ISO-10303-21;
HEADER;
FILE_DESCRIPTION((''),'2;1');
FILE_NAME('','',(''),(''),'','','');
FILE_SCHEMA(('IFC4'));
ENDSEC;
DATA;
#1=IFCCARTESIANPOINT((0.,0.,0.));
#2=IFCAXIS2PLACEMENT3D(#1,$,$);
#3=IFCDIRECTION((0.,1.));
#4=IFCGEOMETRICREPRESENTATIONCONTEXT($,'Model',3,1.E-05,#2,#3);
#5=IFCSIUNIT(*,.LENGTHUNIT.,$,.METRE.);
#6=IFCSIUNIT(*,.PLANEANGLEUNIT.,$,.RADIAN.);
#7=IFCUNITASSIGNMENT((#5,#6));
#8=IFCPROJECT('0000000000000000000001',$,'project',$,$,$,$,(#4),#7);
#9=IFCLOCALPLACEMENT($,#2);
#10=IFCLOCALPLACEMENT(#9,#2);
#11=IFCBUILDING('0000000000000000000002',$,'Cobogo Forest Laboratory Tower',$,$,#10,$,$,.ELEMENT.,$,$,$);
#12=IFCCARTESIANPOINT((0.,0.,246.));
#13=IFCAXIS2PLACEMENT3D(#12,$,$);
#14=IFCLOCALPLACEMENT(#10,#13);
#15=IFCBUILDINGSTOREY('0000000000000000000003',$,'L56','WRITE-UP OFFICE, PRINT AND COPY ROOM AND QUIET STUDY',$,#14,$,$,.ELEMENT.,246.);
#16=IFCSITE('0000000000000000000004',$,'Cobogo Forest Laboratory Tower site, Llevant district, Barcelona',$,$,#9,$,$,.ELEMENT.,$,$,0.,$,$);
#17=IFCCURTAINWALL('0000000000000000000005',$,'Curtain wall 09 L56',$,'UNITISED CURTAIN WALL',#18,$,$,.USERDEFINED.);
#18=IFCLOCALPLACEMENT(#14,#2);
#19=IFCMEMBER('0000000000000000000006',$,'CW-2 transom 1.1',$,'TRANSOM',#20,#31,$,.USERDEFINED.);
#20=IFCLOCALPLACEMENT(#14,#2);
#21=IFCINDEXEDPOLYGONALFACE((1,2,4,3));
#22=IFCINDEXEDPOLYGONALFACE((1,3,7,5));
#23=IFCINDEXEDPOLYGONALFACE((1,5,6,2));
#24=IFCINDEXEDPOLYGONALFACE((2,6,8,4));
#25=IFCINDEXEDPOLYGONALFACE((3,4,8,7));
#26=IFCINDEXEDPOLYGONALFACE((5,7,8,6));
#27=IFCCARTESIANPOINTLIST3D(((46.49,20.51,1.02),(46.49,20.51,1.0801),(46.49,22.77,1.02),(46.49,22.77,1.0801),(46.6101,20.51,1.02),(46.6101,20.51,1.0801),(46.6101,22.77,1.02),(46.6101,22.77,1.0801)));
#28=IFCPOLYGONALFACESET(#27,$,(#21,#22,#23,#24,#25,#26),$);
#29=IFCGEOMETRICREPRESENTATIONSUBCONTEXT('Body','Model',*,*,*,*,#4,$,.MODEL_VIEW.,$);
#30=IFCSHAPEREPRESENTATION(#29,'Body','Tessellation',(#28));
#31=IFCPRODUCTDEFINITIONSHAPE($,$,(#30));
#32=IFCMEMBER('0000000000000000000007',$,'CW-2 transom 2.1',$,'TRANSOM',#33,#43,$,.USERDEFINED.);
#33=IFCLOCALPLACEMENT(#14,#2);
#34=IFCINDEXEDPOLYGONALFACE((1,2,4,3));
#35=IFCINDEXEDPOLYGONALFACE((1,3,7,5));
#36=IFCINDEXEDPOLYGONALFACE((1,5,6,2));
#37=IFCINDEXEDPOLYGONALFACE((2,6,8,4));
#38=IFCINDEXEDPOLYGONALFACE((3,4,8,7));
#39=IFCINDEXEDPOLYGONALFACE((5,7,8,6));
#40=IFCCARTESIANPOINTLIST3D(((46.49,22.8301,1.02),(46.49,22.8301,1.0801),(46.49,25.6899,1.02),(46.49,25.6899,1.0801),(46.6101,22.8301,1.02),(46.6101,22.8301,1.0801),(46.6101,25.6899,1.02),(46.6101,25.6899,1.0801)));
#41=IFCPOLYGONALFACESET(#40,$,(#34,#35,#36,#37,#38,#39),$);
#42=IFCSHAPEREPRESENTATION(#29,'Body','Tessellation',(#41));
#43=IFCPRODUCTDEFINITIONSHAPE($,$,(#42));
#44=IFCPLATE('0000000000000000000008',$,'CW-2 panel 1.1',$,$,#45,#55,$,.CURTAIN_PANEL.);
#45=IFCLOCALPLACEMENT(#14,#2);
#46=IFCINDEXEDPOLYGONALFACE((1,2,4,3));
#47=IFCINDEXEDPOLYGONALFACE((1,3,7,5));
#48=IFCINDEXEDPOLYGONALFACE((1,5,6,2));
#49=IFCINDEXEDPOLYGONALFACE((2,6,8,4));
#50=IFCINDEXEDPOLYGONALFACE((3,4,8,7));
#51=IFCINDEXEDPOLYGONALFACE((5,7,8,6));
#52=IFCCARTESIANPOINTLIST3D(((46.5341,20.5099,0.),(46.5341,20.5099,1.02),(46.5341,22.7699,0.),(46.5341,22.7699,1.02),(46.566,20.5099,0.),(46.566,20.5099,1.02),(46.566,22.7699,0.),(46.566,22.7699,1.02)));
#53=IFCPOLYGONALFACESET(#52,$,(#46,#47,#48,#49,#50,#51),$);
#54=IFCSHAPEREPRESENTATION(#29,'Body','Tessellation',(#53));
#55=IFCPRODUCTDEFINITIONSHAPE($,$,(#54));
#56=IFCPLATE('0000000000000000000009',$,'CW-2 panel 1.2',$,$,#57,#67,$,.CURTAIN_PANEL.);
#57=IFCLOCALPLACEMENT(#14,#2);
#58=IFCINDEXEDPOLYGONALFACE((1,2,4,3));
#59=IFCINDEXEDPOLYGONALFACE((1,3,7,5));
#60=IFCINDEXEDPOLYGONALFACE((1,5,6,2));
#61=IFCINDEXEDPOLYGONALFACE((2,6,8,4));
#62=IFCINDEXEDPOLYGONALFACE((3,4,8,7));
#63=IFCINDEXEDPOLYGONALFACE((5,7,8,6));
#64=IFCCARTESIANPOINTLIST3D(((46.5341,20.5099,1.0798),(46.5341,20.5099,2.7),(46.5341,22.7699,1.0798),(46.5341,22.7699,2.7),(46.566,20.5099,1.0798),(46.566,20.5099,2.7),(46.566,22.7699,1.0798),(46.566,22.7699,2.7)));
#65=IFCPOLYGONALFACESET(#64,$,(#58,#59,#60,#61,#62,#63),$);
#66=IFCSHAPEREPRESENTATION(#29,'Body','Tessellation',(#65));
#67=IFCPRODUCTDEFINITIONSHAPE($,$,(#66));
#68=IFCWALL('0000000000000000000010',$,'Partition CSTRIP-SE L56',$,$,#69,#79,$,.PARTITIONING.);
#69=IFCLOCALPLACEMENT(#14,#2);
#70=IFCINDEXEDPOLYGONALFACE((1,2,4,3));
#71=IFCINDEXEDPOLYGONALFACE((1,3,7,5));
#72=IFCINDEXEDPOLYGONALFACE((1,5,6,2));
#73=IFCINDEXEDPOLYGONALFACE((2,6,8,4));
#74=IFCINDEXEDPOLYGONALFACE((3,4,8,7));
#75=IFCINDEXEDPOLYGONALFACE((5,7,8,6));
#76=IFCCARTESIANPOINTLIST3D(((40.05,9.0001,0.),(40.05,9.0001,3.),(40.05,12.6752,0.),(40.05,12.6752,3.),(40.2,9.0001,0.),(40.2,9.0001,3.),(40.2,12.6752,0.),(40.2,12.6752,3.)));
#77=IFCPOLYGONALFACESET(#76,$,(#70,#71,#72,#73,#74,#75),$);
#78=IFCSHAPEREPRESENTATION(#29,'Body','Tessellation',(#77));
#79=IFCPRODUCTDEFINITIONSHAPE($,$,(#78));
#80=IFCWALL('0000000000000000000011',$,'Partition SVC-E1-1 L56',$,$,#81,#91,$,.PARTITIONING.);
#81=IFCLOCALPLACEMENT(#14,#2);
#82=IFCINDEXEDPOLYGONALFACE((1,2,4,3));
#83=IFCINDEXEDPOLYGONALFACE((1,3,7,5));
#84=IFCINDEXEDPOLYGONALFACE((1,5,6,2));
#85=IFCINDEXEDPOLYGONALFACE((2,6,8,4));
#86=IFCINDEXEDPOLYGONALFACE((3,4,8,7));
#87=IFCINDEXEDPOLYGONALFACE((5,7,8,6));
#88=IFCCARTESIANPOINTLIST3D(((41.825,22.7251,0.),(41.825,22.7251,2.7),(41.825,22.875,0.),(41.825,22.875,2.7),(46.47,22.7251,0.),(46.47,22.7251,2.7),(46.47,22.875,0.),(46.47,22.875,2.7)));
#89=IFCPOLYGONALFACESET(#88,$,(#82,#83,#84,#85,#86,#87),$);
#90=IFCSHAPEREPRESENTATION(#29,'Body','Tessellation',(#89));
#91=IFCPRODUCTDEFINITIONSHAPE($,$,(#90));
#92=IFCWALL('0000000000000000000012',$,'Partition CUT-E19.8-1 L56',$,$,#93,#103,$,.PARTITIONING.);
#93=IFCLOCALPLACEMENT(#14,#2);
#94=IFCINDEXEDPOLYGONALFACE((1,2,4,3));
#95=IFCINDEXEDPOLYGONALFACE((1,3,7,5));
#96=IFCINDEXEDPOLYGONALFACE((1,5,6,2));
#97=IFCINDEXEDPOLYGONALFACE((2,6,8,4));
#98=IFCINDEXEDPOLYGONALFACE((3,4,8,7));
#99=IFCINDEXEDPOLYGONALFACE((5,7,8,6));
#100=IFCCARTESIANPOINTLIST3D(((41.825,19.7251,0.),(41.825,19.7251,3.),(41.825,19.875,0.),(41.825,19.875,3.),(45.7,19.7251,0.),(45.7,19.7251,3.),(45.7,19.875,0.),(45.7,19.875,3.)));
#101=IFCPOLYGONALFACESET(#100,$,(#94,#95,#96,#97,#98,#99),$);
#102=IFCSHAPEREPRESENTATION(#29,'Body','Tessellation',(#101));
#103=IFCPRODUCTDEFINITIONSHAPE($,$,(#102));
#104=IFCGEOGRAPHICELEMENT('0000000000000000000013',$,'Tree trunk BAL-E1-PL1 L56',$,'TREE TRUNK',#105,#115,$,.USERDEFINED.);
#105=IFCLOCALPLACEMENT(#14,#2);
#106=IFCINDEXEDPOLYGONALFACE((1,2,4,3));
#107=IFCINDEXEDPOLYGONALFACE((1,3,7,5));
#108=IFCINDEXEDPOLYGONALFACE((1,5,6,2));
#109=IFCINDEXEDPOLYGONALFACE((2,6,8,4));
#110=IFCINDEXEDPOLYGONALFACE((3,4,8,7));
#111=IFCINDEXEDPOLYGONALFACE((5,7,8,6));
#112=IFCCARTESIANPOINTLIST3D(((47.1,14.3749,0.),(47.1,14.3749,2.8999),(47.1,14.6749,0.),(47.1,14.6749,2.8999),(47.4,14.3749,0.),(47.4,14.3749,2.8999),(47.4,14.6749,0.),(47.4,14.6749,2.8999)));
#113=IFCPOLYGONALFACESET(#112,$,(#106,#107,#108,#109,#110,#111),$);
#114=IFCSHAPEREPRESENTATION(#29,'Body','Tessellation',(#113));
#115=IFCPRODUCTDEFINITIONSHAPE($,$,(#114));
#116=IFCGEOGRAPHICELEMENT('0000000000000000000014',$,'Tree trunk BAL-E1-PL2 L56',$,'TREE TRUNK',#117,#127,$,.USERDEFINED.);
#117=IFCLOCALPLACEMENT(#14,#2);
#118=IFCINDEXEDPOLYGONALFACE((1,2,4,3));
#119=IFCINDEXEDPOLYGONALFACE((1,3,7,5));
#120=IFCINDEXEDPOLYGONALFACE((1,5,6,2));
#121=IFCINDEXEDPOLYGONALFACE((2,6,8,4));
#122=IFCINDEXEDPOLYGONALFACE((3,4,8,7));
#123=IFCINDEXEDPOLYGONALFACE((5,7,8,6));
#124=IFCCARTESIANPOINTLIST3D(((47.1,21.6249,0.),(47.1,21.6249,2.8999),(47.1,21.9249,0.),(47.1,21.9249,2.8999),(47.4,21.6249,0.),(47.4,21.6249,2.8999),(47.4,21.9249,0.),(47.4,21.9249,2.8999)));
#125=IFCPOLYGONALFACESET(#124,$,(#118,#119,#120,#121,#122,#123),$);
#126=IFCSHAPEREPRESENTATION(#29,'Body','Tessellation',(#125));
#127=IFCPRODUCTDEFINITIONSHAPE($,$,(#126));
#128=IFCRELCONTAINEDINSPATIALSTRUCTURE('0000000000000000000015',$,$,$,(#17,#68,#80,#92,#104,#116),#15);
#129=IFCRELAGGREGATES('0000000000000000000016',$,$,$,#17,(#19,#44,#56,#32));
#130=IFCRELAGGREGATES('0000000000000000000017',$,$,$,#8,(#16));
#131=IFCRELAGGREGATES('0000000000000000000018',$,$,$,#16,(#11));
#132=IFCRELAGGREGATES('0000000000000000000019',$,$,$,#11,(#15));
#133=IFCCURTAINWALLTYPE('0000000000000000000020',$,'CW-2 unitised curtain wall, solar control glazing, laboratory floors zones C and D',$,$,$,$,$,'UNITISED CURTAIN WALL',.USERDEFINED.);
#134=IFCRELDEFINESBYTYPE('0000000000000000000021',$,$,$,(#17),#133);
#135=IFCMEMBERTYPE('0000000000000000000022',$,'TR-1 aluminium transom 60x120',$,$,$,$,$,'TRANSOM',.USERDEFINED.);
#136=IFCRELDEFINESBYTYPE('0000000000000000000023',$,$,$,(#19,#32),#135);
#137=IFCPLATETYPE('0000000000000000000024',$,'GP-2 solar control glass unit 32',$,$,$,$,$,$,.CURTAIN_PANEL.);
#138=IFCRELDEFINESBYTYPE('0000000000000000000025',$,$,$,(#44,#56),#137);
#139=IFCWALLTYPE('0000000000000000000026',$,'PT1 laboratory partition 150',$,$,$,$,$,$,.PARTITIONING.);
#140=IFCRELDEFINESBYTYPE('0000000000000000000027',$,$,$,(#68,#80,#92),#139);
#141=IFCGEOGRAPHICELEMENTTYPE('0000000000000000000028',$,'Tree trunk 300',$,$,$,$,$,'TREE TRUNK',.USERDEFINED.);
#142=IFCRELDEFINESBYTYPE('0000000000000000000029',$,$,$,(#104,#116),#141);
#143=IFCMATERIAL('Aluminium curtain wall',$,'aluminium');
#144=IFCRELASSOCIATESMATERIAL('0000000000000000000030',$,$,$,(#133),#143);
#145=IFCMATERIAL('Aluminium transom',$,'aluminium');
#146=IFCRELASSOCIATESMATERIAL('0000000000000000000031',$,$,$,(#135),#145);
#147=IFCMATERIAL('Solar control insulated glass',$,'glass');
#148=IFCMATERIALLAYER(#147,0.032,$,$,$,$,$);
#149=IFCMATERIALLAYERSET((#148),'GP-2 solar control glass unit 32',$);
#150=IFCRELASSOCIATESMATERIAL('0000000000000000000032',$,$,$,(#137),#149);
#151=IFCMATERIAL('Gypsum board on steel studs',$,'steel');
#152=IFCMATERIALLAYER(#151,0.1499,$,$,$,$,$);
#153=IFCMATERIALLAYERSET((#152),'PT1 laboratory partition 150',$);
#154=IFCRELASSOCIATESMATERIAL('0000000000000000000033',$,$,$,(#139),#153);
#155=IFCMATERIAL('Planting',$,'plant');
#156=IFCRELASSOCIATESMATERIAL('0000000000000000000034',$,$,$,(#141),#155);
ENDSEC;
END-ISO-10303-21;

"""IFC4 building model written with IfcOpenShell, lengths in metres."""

from ifc_helpers import new_model, si_unit, direction, frame, frame_2d, origin, origin_2d, place, context, subcontext, project, spatial, rectangle, extrude, material, layer, layer_set, material_profile, profile_set, type_object, element, aggregate, save


model = new_model("IFC4")

# Units and contexts
model_context = context("Model", 3, precision=1e-05, world=origin(), true_north=direction((0.0, 1.0)))
body_context = subcontext(model_context, "Body", "Model", "MODEL_VIEW")
ifc_project = project(units=[si_unit("LENGTHUNIT", "METRE"), si_unit("PLANEANGLEUNIT", "RADIAN")], contexts=[model_context])

# Site, building, storey
site_placement = place(None, origin())
site = spatial("IfcSite", under=ifc_project, at=site_placement, Name="Cobogo Forest Laboratory Tower site, Llevant district, Barcelona", CompositionType="ELEMENT", RefElevation=0.0)
building_placement = place(site_placement, origin())
building = spatial("IfcBuilding", under=site, at=building_placement, Name="Cobogo Forest Laboratory Tower", CompositionType="ELEMENT")
storey_placement = place(building_placement, frame((0.0, 0.0, 246.0)))
storey = spatial("IfcBuildingStorey", under=building, at=storey_placement, Name="L56", Description="WRITE-UP OFFICE, PRINT AND COPY ROOM AND QUIET STUDY", CompositionType="ELEMENT", Elevation=246.0)

# Shared definitions
ifc_material_1 = material(Name="Aluminium curtain wall", Category="aluminium")
curtain_wall_type = type_object("IfcCurtainWallType", Name="CW-2 unitised curtain wall, solar control glazing, laboratory floors zones C and D", ElementType="UNITISED CURTAIN WALL", PredefinedType="USERDEFINED", material=ifc_material_1)

# Curtain wall
curtain_wall_1_placement = place(storey_placement, origin())
curtain_wall_1 = element("IfcCurtainWall", 1, at=curtain_wall_1_placement, inside=storey, type_object=curtain_wall_type, Name="Curtain wall 09 L56", ObjectType="UNITISED CURTAIN WALL", PredefinedType="USERDEFINED")

# Members
ifc_material_2 = material(Name="Aluminium transom", Category="aluminium")
ifc_material_profile_1 = material_profile(ifc_material_2, rectangle(XDim=0.1201, YDim=0.0601, at=origin_2d()), Name="AL 60x120")
ifc_profile_set_1 = profile_set([ifc_material_profile_1], Name="Aluminium transom")
member_type_1 = type_object("IfcMemberType", Name="TR-1 aluminium transom 60x120", ElementType="TRANSOM", PredefinedType="USERDEFINED", material=ifc_profile_set_1)
member_1_placement = place(storey_placement, frame((46.55, 20.51, 1.05), z_axis=(0.0, 1.0, 0.0), x_axis=(-1.0, 0.0, 0.0)))
member_1 = element("IfcMember", 2, at=member_1_placement, type_object=member_type_1, Name="CW-2 transom 1.1", ObjectType="TRANSOM", PredefinedType="USERDEFINED", context=body_context, shape_type="SweptSolid", body=[
    extrude(rectangle(XDim=0.1201, YDim=0.0601, at=origin_2d()), origin(), (0.0, 0.0, 1.0), 2.26),
])
member_2_placement = place(storey_placement, frame((46.55, 22.8301, 1.05), z_axis=(0.0, 1.0, 0.0), x_axis=(-1.0, 0.0, 0.0)))
member_2 = element("IfcMember", 3, at=member_2_placement, type_object=member_type_1, Name="CW-2 transom 2.1", ObjectType="TRANSOM", PredefinedType="USERDEFINED", context=body_context, shape_type="SweptSolid", body=[
    extrude(rectangle(XDim=0.1201, YDim=0.0601, at=origin_2d()), origin(), (0.0, 0.0, 1.0), 2.8599),
])

# Plates
ifc_material_3 = material(Name="Solar control insulated glass", Category="glass")
ifc_layer_1 = layer(ifc_material_3, 0.032)
ifc_layer_set_1 = layer_set([ifc_layer_1], Name="GP-2 solar control glass unit 32")
plate_type = type_object("IfcPlateType", Name="GP-2 solar control glass unit 32", PredefinedType="CURTAIN_PANEL", material=ifc_layer_set_1)
plate_1_placement = place(storey_placement, frame((46.55, 21.6399, 0.0), z_axis=(0.0, 0.0, 1.0), x_axis=(0.0, 1.0, 0.0)))
plate_1 = element("IfcPlate", 4, at=plate_1_placement, type_object=plate_type, Name="CW-2 panel 1.1", PredefinedType="CURTAIN_PANEL", context=body_context, shape_type="SweptSolid", body=[
    extrude(rectangle(XDim=2.26, YDim=0.032, at=origin_2d()), origin(), (0.0, 0.0, 1.0), 1.02),
])
plate_2_placement = place(storey_placement, frame((46.55, 21.6399, 1.0798), z_axis=(0.0, 0.0, 1.0), x_axis=(0.0, 1.0, 0.0)))
plate_2 = element("IfcPlate", 5, at=plate_2_placement, type_object=plate_type, Name="CW-2 panel 1.2", PredefinedType="CURTAIN_PANEL", context=body_context, shape_type="SweptSolid", body=[
    extrude(rectangle(XDim=2.26, YDim=0.032, at=origin_2d()), origin(), (0.0, 0.0, 1.0), 1.6201),
])
aggregate(curtain_wall_1, [member_1, plate_1, plate_2, member_2])

# Walls
ifc_material_4 = material(Name="Gypsum board on steel studs", Category="steel")
ifc_layer_2 = layer(ifc_material_4, 0.1499)
ifc_layer_set_2 = layer_set([ifc_layer_2], Name="PT1 laboratory partition 150")
wall_type_1 = type_object("IfcWallType", Name="PT1 laboratory partition 150", PredefinedType="PARTITIONING", material=ifc_layer_set_2)
wall_1_placement = place(storey_placement, frame((40.125, 12.675, 0.0), z_axis=(0.0, 0.0, 1.0), x_axis=(0.0, -1.0, 0.0)))
element("IfcWall", 6, at=wall_1_placement, inside=storey, type_object=wall_type_1, Name="Partition CSTRIP-SE L56", PredefinedType="PARTITIONING", context=body_context, shape_type="SweptSolid", body=[
    extrude(rectangle(XDim=3.675, YDim=0.1499, at=frame_2d((1.8374, 0.0))), origin(), (0.0, 0.0, 1.0), 3.0),
])
wall_2_placement = place(storey_placement, frame((46.47, 22.8, 0.0), z_axis=(0.0, 0.0, 1.0), x_axis=(-1.0, 0.0, 0.0)))
element("IfcWall", 7, at=wall_2_placement, inside=storey, type_object=wall_type_1, Name="Partition SVC-E1-1 L56", PredefinedType="PARTITIONING", context=body_context, shape_type="SweptSolid", body=[
    extrude(rectangle(XDim=4.645, YDim=0.1499, at=frame_2d((2.3225, 0.0))), origin(), (0.0, 0.0, 1.0), 2.7),
])
wall_3_placement = place(storey_placement, frame((45.7, 19.8, 0.0), z_axis=(0.0, 0.0, 1.0), x_axis=(-1.0, 0.0, 0.0)))
element("IfcWall", 8, at=wall_3_placement, inside=storey, type_object=wall_type_1, Name="Partition CUT-E19.8-1 L56", PredefinedType="PARTITIONING", context=body_context, shape_type="SweptSolid", body=[
    extrude(rectangle(XDim=3.875, YDim=0.1499, at=frame_2d((1.9375, 0.0))), origin(), (0.0, 0.0, 1.0), 3.0),
])

# Geographic elements
ifc_material_5 = material(Name="Planting", Category="plant")
geographic_element_type = type_object("IfcGeographicElementType", Name="Tree trunk 300", ElementType="TREE TRUNK", PredefinedType="USERDEFINED", material=ifc_material_5)
for number, where, z_axis, x_axis, name in (
    (9, (47.25, 14.5249, 0.0), (0.0, 0.0, 1.0), (1.0, 0.0, 0.0), "Tree trunk BAL-E1-PL1 L56"),
    (10, (47.25, 21.7749, 0.0), (0.0, 0.0, 1.0), (1.0, 0.0, 0.0), "Tree trunk BAL-E1-PL2 L56"),
):
    element("IfcGeographicElement", number, at=place(storey_placement, frame(where, z_axis=z_axis, x_axis=x_axis)), inside=storey, type_object=geographic_element_type, Name=name, ObjectType="TREE TRUNK", PredefinedType="USERDEFINED", context=body_context, shape_type="SweptSolid", body=[
        extrude(rectangle(XDim=0.3, YDim=0.3, at=origin_2d()), origin(), (0.0, 0.0, 1.0), 2.8999),
    ])

save(model, "model.ifc")
